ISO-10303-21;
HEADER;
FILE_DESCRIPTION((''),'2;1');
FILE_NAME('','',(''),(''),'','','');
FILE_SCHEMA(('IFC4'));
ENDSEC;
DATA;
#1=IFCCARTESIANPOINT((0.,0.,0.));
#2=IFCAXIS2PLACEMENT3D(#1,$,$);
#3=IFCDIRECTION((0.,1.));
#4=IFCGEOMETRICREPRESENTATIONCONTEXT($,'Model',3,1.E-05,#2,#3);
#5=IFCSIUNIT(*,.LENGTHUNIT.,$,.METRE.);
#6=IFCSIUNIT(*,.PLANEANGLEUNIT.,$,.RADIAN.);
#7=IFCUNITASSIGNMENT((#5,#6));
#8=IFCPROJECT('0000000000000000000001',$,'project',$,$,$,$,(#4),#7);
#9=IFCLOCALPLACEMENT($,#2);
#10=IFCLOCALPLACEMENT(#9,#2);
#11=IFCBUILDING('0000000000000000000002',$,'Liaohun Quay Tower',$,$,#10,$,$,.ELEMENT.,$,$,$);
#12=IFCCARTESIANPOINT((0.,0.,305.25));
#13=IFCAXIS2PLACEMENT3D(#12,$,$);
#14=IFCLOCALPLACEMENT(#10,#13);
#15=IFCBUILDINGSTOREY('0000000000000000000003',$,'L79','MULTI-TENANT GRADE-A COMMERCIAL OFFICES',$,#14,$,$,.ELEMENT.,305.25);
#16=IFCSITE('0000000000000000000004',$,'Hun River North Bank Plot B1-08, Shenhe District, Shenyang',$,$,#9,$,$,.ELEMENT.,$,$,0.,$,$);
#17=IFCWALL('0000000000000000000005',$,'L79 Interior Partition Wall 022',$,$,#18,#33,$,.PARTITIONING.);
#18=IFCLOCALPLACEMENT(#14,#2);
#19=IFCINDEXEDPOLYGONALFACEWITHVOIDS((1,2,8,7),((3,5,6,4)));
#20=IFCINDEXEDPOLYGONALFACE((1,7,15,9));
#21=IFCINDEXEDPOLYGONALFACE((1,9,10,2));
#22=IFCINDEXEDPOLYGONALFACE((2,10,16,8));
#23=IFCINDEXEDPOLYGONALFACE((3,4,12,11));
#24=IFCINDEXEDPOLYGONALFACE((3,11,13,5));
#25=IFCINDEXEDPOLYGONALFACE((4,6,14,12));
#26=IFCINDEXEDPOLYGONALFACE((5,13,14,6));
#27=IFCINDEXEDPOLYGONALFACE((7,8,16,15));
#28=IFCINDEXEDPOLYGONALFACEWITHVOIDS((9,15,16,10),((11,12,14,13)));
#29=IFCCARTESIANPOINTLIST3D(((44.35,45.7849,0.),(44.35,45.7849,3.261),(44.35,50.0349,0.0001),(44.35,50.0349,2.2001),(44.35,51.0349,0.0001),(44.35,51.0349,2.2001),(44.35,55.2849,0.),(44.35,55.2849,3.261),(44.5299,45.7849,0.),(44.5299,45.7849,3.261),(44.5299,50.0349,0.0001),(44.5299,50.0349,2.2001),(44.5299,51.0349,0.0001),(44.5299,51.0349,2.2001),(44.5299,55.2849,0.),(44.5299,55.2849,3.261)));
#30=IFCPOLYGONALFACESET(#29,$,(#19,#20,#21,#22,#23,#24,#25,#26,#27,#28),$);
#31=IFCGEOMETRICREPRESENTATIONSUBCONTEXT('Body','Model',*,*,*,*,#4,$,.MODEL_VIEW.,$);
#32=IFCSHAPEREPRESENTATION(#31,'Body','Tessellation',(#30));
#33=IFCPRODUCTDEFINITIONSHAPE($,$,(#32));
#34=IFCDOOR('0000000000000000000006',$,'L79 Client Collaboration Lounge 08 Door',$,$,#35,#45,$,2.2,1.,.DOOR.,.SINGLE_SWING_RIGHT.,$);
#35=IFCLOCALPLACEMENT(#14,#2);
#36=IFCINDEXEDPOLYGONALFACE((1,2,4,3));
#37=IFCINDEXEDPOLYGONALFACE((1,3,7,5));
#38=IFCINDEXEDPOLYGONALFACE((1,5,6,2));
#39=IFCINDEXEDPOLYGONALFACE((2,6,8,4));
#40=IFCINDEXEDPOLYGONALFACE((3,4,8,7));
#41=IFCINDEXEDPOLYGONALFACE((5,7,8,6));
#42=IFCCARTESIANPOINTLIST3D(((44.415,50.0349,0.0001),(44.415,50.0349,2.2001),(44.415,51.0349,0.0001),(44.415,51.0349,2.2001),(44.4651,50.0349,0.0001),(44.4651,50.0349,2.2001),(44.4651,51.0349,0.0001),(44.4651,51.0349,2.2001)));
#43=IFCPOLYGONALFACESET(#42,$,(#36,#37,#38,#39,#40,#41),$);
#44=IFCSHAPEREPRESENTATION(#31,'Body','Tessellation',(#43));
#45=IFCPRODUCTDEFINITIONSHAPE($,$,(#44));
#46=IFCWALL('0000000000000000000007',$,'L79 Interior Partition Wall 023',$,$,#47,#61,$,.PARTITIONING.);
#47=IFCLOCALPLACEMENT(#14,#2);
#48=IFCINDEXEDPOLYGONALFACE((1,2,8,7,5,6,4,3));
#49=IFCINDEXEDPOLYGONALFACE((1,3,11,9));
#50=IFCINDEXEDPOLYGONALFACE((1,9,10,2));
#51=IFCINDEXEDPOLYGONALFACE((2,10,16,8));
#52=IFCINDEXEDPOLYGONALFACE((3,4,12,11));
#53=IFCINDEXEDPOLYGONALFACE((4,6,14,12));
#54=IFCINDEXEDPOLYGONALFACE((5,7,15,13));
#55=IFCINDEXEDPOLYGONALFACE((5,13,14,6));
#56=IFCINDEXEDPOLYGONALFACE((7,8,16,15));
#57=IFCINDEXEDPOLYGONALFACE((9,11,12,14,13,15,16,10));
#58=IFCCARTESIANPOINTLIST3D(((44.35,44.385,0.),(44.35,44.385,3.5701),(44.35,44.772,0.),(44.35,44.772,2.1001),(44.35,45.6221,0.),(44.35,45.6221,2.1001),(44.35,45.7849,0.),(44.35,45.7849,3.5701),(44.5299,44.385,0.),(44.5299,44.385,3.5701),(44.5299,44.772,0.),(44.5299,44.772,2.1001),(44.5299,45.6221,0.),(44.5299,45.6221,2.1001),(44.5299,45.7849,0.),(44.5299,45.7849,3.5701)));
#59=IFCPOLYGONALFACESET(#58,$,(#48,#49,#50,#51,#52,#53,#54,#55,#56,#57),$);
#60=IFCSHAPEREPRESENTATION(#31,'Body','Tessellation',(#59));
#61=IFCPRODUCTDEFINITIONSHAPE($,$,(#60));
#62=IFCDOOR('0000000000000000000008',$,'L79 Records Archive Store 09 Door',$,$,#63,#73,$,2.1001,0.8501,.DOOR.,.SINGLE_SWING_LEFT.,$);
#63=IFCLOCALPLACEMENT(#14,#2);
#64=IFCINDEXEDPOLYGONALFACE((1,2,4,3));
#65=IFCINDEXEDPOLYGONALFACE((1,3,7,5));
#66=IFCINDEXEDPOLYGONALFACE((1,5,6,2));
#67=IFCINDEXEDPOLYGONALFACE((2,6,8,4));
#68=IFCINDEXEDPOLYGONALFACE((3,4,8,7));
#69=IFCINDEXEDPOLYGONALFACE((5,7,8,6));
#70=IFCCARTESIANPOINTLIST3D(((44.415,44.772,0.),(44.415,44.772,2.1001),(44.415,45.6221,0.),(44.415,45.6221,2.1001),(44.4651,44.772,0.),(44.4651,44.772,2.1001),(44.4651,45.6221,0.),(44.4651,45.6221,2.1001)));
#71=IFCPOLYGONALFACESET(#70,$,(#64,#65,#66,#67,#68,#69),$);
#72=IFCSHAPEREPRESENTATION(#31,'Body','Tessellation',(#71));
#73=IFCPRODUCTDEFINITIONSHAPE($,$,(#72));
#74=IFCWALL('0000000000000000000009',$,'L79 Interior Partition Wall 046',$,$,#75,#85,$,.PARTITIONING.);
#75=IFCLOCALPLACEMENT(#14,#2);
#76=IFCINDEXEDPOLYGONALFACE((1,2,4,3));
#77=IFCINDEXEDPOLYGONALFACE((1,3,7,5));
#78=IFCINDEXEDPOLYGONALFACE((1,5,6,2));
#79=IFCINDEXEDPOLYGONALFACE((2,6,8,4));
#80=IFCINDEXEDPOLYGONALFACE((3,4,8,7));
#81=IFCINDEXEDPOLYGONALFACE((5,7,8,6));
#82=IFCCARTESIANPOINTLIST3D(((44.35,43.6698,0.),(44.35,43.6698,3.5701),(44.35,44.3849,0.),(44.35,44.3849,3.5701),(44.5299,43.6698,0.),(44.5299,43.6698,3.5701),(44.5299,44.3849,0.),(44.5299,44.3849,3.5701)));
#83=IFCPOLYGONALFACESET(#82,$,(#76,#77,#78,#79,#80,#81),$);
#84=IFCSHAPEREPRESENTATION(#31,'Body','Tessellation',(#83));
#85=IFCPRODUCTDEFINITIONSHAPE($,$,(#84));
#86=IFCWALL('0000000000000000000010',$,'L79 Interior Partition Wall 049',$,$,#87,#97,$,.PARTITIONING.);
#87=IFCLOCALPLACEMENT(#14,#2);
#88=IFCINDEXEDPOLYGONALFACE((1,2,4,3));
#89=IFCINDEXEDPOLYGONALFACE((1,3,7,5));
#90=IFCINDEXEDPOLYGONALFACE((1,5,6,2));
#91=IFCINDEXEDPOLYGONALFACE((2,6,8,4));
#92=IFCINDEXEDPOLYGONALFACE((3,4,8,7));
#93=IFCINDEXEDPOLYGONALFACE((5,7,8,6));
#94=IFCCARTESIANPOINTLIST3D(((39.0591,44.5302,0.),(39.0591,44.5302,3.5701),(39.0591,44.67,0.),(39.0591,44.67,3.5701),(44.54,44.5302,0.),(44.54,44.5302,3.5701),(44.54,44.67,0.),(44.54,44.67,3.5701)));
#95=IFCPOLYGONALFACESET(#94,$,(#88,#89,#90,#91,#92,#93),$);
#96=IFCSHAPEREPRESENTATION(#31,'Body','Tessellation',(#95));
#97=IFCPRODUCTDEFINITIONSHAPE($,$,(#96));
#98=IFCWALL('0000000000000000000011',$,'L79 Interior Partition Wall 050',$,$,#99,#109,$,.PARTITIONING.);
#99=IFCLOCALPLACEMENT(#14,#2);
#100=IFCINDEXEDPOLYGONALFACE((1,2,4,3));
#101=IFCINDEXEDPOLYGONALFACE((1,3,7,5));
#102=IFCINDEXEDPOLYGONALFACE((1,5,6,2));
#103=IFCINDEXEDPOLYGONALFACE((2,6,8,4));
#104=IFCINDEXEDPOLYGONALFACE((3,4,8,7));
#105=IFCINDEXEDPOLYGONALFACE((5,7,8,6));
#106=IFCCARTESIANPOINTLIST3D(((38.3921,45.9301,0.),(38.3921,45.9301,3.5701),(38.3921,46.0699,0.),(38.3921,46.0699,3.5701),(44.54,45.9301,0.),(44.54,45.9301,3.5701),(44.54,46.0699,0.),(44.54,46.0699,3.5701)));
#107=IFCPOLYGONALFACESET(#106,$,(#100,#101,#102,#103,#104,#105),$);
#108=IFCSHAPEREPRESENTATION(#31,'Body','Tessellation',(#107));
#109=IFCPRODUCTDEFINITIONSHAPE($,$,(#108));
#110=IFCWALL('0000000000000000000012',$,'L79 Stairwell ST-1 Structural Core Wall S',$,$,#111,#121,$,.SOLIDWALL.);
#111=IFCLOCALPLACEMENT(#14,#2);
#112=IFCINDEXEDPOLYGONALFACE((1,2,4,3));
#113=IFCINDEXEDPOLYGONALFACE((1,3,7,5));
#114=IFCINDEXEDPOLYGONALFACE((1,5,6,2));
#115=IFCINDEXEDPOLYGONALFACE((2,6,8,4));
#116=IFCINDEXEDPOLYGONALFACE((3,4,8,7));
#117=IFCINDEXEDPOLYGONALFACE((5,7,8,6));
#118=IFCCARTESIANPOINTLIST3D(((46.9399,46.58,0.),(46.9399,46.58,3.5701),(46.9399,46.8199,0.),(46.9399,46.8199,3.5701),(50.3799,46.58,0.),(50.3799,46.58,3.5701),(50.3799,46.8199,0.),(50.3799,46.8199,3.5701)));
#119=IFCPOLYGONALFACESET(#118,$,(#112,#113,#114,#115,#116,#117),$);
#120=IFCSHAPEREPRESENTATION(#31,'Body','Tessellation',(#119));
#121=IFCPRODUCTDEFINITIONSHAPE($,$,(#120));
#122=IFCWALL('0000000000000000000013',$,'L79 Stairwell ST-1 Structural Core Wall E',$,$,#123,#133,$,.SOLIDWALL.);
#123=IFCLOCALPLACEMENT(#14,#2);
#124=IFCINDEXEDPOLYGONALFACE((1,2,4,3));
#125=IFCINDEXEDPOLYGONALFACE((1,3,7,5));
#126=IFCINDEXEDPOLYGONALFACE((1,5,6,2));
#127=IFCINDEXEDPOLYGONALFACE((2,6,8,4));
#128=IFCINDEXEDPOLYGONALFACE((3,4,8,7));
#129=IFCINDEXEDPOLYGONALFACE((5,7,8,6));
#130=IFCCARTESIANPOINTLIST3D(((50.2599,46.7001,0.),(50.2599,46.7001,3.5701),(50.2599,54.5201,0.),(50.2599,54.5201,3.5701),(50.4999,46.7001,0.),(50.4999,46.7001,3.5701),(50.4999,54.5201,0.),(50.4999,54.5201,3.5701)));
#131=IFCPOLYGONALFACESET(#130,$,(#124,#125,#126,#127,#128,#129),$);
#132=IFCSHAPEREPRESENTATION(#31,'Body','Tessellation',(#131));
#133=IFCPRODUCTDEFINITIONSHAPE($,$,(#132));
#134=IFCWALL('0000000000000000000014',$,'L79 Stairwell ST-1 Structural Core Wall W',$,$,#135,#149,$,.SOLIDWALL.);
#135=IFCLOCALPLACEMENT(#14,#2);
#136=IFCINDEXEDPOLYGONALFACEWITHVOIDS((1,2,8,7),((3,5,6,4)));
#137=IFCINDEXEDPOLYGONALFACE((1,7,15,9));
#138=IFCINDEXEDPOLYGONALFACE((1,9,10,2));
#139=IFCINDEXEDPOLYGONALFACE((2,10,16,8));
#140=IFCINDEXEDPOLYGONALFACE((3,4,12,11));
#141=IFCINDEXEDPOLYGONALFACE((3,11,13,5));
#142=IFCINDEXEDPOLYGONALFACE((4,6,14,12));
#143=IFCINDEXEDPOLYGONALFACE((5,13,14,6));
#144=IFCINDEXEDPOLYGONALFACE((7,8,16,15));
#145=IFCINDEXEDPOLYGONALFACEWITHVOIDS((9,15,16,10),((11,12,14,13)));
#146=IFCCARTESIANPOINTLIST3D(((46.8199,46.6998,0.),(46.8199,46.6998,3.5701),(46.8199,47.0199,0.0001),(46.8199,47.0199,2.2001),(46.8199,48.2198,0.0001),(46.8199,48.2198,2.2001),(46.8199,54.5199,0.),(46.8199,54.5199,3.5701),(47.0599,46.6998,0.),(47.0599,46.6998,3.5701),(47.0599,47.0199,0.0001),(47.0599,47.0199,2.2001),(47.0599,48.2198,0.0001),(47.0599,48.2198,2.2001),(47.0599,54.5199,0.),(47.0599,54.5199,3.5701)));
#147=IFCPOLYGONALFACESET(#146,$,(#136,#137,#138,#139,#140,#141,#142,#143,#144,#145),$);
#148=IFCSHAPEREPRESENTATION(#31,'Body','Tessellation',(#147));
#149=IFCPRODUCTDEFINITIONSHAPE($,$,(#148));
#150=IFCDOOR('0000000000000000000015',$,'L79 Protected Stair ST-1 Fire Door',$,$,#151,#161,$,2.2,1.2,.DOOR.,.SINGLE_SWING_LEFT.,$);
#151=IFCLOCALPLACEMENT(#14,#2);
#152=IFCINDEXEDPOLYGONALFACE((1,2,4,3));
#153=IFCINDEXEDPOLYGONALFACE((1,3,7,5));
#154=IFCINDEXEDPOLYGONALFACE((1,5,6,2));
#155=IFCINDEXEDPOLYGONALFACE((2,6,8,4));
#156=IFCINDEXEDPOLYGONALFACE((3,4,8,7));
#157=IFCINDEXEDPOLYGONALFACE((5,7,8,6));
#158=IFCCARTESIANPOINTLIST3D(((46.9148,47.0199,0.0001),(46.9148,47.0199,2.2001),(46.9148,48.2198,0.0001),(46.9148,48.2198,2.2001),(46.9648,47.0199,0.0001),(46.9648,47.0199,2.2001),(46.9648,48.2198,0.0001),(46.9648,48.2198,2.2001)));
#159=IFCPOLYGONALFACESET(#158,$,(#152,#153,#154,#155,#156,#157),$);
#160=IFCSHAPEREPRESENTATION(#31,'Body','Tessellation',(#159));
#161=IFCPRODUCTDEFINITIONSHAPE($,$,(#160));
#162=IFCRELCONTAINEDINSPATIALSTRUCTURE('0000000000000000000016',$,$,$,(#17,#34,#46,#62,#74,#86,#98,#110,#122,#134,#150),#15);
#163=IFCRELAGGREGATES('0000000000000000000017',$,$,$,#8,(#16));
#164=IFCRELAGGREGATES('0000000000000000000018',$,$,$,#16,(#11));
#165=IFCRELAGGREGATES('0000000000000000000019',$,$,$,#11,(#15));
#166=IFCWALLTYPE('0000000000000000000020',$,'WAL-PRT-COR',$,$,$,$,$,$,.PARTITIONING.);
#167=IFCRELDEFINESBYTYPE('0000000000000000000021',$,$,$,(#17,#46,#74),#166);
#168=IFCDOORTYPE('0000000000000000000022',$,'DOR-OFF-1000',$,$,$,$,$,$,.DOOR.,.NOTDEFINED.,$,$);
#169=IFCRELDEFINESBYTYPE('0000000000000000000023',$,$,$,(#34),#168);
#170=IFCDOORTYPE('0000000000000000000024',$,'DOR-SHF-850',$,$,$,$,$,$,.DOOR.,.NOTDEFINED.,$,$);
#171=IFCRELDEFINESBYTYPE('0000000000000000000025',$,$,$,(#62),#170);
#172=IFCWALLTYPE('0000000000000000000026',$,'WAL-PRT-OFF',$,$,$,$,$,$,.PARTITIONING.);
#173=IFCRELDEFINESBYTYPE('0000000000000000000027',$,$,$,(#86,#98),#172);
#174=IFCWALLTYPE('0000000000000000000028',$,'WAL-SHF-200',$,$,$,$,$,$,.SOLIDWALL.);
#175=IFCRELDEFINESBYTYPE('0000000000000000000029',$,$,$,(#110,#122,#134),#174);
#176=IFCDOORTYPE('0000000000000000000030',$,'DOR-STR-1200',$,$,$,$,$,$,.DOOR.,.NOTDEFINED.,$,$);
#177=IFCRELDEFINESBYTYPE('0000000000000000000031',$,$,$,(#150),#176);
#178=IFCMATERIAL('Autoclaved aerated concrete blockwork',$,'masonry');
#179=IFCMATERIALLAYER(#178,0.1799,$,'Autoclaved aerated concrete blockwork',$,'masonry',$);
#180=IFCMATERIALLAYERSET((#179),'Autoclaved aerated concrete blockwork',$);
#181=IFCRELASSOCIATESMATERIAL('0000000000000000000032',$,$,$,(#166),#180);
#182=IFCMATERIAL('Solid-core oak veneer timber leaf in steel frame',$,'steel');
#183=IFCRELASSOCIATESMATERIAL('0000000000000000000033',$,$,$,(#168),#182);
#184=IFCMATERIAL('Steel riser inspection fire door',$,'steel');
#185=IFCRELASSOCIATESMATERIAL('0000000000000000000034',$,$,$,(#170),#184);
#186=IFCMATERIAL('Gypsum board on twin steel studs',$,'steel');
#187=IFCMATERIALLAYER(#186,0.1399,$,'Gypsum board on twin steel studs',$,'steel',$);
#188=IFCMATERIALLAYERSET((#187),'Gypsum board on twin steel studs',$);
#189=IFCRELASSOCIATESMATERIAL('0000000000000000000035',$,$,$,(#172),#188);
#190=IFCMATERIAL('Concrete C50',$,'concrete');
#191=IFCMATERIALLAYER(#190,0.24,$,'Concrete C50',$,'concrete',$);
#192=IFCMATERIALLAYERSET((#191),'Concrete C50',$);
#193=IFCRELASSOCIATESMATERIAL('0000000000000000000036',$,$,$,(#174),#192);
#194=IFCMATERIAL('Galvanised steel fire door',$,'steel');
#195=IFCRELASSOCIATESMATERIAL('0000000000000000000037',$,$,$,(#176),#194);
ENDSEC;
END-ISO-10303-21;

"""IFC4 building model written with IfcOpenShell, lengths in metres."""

from ifc_helpers import new_model, si_unit, direction, frame, frame_2d, origin, place, context, subcontext, project, spatial, rectangle, extrude, source, transform, mapped, material, layer, layer_set, type_object, element, fill, save


model = new_model("IFC4")

# Units and contexts
model_context = context("Model", 3, precision=1e-05, world=origin(), true_north=direction((0.0, 1.0)))
body_context = subcontext(model_context, "Body", "Model", "MODEL_VIEW")
ifc_project = project(units=[si_unit("LENGTHUNIT", "METRE"), si_unit("PLANEANGLEUNIT", "RADIAN")], contexts=[model_context])

# Site, building, storey
site_placement = place(None, origin())
site = spatial("IfcSite", under=ifc_project, at=site_placement, Name="Hun River North Bank Plot B1-08, Shenhe District, Shenyang", CompositionType="ELEMENT", RefElevation=0.0)
building_placement = place(site_placement, origin())
building = spatial("IfcBuilding", under=site, at=building_placement, Name="Liaohun Quay Tower", CompositionType="ELEMENT")
storey_placement = place(building_placement, frame((0.0, 0.0, 305.25)))
storey = spatial("IfcBuildingStorey", under=building, at=storey_placement, Name="L79", Description="MULTI-TENANT GRADE-A COMMERCIAL OFFICES", CompositionType="ELEMENT", Elevation=305.25)

# Shared definitions
ifc_material_1 = material(Name="Concrete C50", Category="concrete")

# Walls, openings, doors
ifc_material_2 = material(Name="Autoclaved aerated concrete blockwork", Category="masonry")
ifc_layer_1 = layer(ifc_material_2, 0.1799, Name="Autoclaved aerated concrete blockwork", Category="masonry")
ifc_layer_set_1 = layer_set([ifc_layer_1], Name="Autoclaved aerated concrete blockwork")
wall_type_1 = type_object("IfcWallType", Name="WAL-PRT-COR", PredefinedType="PARTITIONING", material=ifc_layer_set_1)
wall_1_placement = place(storey_placement, frame((44.4399, 45.7849, 0.0), z_axis=(0.0, 0.0, 1.0), x_axis=(0.0, 1.0, 0.0)))
wall_1 = element("IfcWall", 1, at=wall_1_placement, inside=storey, type_object=wall_type_1, Name="L79 Interior Partition Wall 022", PredefinedType="PARTITIONING", context=body_context, shape_type="SweptSolid", body=[
    extrude(rectangle(XDim=9.5, YDim=0.1799, at=frame_2d((4.75, 0.0))), origin(), (0.0, 0.0, 1.0), 3.261),
])
shared_shape_1 = source(origin(), body_context, "Body", "SweptSolid", [
    extrude(rectangle(XDim=1.0, YDim=2.2, at=frame_2d((0.5, 1.1001))), frame((0.0, 0.0999, 0.0), z_axis=(0.0, -1.0, 0.0), x_axis=(1.0, 0.0, 0.0)), (0.0, 0.0, 1.0), 0.2),
])
opening_1_placement = place(wall_1_placement, frame((4.25, 0.0, 0.0)))
opening_1 = element("IfcOpeningElement", 2, at=opening_1_placement, cuts=wall_1, PredefinedType="OPENING", context=body_context, shape_type="MappedRepresentation", body=[
    mapped(shared_shape_1, transform((0.0, 0.0, 0.0), x_axis=(1.0, 0.0, 0.0), y_axis=(0.0, 1.0, 0.0), z_axis=(0.0, 0.0, 1.0), scale=1.0)),
])
ifc_material_3 = material(Name="Solid-core oak veneer timber leaf in steel frame", Category="steel")
door_type_1 = type_object("IfcDoorType", Name="DOR-OFF-1000", OperationType="NOTDEFINED", PredefinedType="DOOR", material=ifc_material_3)
shared_shape_2 = source(origin(), body_context, "Body", "SweptSolid", [
    extrude(rectangle(XDim=1.0, YDim=2.2, at=frame_2d((0.5, 1.1001))), frame((0.0, 0.0249, 0.0), z_axis=(0.0, -1.0, 0.0), x_axis=(1.0, 0.0, 0.0)), (0.0, 0.0, 1.0), 0.05),
])
door_1_placement = place(opening_1_placement, origin())
door_1 = element("IfcDoor", 3, at=door_1_placement, inside=storey, type_object=door_type_1, Name="L79 Client Collaboration Lounge 08 Door", OperationType="SINGLE_SWING_RIGHT", OverallHeight=2.2, OverallWidth=1.0, PredefinedType="DOOR", context=body_context, shape_type="MappedRepresentation", body=[
    mapped(shared_shape_2, transform((0.0, 0.0, 0.0), x_axis=(1.0, 0.0, 0.0), y_axis=(0.0, 1.0, 0.0), z_axis=(0.0, 0.0, 1.0), scale=1.0)),
])
fill(opening_1, door_1)
wall_2_placement = place(storey_placement, frame((44.4399, 44.385, 0.0), z_axis=(0.0, 0.0, 1.0), x_axis=(0.0, 1.0, 0.0)))
wall_2 = element("IfcWall", 4, at=wall_2_placement, inside=storey, type_object=wall_type_1, Name="L79 Interior Partition Wall 023", PredefinedType="PARTITIONING", context=body_context, shape_type="SweptSolid", body=[
    extrude(rectangle(XDim=1.3999, YDim=0.1799, at=frame_2d((0.7, 0.0))), origin(), (0.0, 0.0, 1.0), 3.5701),
])
shared_shape_3 = source(origin(), body_context, "Body", "SweptSolid", [
    extrude(rectangle(XDim=0.8501, YDim=2.1001, at=frame_2d((0.425, 1.05))), frame((0.0, 0.0999, 0.0), z_axis=(0.0, -1.0, 0.0), x_axis=(1.0, 0.0, 0.0)), (0.0, 0.0, 1.0), 0.2),
])
opening_2_placement = place(wall_2_placement, frame((0.387, 0.0, 0.0)))
opening_2 = element("IfcOpeningElement", 5, at=opening_2_placement, cuts=wall_2, PredefinedType="OPENING", context=body_context, shape_type="MappedRepresentation", body=[
    mapped(shared_shape_3, transform((0.0, 0.0, 0.0), x_axis=(1.0, 0.0, 0.0), y_axis=(0.0, 1.0, 0.0), z_axis=(0.0, 0.0, 1.0), scale=1.0)),
])
ifc_material_4 = material(Name="Steel riser inspection fire door", Category="steel")
door_type_2 = type_object("IfcDoorType", Name="DOR-SHF-850", OperationType="NOTDEFINED", PredefinedType="DOOR", material=ifc_material_4)
shared_shape_4 = source(origin(), body_context, "Body", "SweptSolid", [
    extrude(rectangle(XDim=0.8501, YDim=2.1001, at=frame_2d((0.425, 1.05))), frame((0.0, 0.0249, 0.0), z_axis=(0.0, -1.0, 0.0), x_axis=(1.0, 0.0, 0.0)), (0.0, 0.0, 1.0), 0.05),
])
door_2_placement = place(opening_2_placement, origin())
door_2 = element("IfcDoor", 6, at=door_2_placement, inside=storey, type_object=door_type_2, Name="L79 Records Archive Store 09 Door", OperationType="SINGLE_SWING_LEFT", OverallHeight=2.1001, OverallWidth=0.8501, PredefinedType="DOOR", context=body_context, shape_type="MappedRepresentation", body=[
    mapped(shared_shape_4, transform((0.0, 0.0, 0.0), x_axis=(1.0, 0.0, 0.0), y_axis=(0.0, 1.0, 0.0), z_axis=(0.0, 0.0, 1.0), scale=1.0)),
])
fill(opening_2, door_2)

# Walls
wall_3_placement = place(storey_placement, frame((44.4399, 43.6699, 0.0), z_axis=(0.0, 0.0, 1.0), x_axis=(0.0, 1.0, 0.0)))
element("IfcWall", 7, at=wall_3_placement, inside=storey, type_object=wall_type_1, Name="L79 Interior Partition Wall 046", PredefinedType="PARTITIONING", context=body_context, shape_type="SweptSolid", body=[
    extrude(rectangle(XDim=0.7151, YDim=0.1799, at=frame_2d((0.3574, 0.0))), origin(), (0.0, 0.0, 1.0), 3.5701),
])
ifc_material_5 = material(Name="Gypsum board on twin steel studs", Category="steel")
ifc_layer_2 = layer(ifc_material_5, 0.1399, Name="Gypsum board on twin steel studs", Category="steel")
ifc_layer_set_2 = layer_set([ifc_layer_2], Name="Gypsum board on twin steel studs")
wall_type_2 = type_object("IfcWallType", Name="WAL-PRT-OFF", PredefinedType="PARTITIONING", material=ifc_layer_set_2)
wall_4_placement = place(storey_placement, frame((44.54, 44.6001, 0.0), z_axis=(0.0, 0.0, 1.0), x_axis=(-1.0, 0.0, 0.0)))
element("IfcWall", 8, at=wall_4_placement, inside=storey, type_object=wall_type_2, Name="L79 Interior Partition Wall 049", PredefinedType="PARTITIONING", context=body_context, shape_type="SweptSolid", body=[
    extrude(rectangle(XDim=5.481, YDim=0.1399, at=frame_2d((2.7405, 0.0))), origin(), (0.0, 0.0, 1.0), 3.5701),
])
wall_5_placement = place(storey_placement, frame((44.54, 46.0, 0.0), z_axis=(0.0, 0.0, 1.0), x_axis=(-1.0, 0.0, 0.0)))
element("IfcWall", 9, at=wall_5_placement, inside=storey, type_object=wall_type_2, Name="L79 Interior Partition Wall 050", PredefinedType="PARTITIONING", context=body_context, shape_type="SweptSolid", body=[
    extrude(rectangle(XDim=6.1479, YDim=0.1399, at=frame_2d((3.074, 0.0))), origin(), (0.0, 0.0, 1.0), 3.5701),
])
ifc_layer_3 = layer(ifc_material_1, 0.24, Name="Concrete C50", Category="concrete")
ifc_layer_set_3 = layer_set([ifc_layer_3], Name="Concrete C50")
wall_type_3 = type_object("IfcWallType", Name="WAL-SHF-200", PredefinedType="SOLIDWALL", material=ifc_layer_set_3)
wall_6_placement = place(storey_placement, frame((46.9399, 46.7, 0.0), z_axis=(0.0, 0.0, 1.0), x_axis=(1.0, 0.0, 0.0)))
element("IfcWall", 10, at=wall_6_placement, inside=storey, type_object=wall_type_3, Name="L79 Stairwell ST-1 Structural Core Wall S", PredefinedType="SOLIDWALL", context=body_context, shape_type="SweptSolid", body=[
    extrude(rectangle(XDim=3.4399, YDim=0.24, at=frame_2d((1.72, 0.0))), origin(), (0.0, 0.0, 1.0), 3.5701),
])
wall_7_placement = place(storey_placement, frame((50.3799, 46.7, 0.0), z_axis=(0.0, 0.0, 1.0), x_axis=(0.0, 1.0, 0.0)))
element("IfcWall", 11, at=wall_7_placement, inside=storey, type_object=wall_type_3, Name="L79 Stairwell ST-1 Structural Core Wall E", PredefinedType="SOLIDWALL", context=body_context, shape_type="SweptSolid", body=[
    extrude(rectangle(XDim=7.8201, YDim=0.24, at=frame_2d((3.9102, 0.0))), origin(), (0.0, 0.0, 1.0), 3.5701),
])

# Wall, opening, door
wall_8_placement = place(storey_placement, frame((46.9399, 54.52, 0.0), z_axis=(0.0, 0.0, 1.0), x_axis=(0.0, -1.0, 0.0)))
wall_8 = element("IfcWall", 12, at=wall_8_placement, inside=storey, type_object=wall_type_3, Name="L79 Stairwell ST-1 Structural Core Wall W", PredefinedType="SOLIDWALL", context=body_context, shape_type="SweptSolid", body=[
    extrude(rectangle(XDim=7.8201, YDim=0.24, at=frame_2d((3.9102, 0.0))), origin(), (0.0, 0.0, 1.0), 3.5701),
])
shared_shape_5 = source(origin(), body_context, "Body", "SweptSolid", [
    extrude(rectangle(XDim=1.2, YDim=2.2, at=frame_2d((0.6001, 1.1001))), frame((0.0, 0.1299, 0.0), z_axis=(0.0, -1.0, 0.0), x_axis=(1.0, 0.0, 0.0)), (0.0, 0.0, 1.0), 0.26),
])
opening_3_placement = place(wall_8_placement, frame((6.3, 0.0, 0.0)))
opening_3 = element("IfcOpeningElement", 13, at=opening_3_placement, cuts=wall_8, PredefinedType="OPENING", context=body_context, shape_type="MappedRepresentation", body=[
    mapped(shared_shape_5, transform((0.0, 0.0, 0.0), x_axis=(1.0, 0.0, 0.0), y_axis=(0.0, 1.0, 0.0), z_axis=(0.0, 0.0, 1.0), scale=1.0)),
])
ifc_material_6 = material(Name="Galvanised steel fire door", Category="steel")
door_type_3 = type_object("IfcDoorType", Name="DOR-STR-1200", OperationType="NOTDEFINED", PredefinedType="DOOR", material=ifc_material_6)
shared_shape_6 = source(origin(), body_context, "Body", "SweptSolid", [
    extrude(rectangle(XDim=1.2, YDim=2.2, at=frame_2d((0.6001, 1.1001))), frame((0.0, 0.0249, 0.0), z_axis=(0.0, -1.0, 0.0), x_axis=(1.0, 0.0, 0.0)), (0.0, 0.0, 1.0), 0.05),
])
door_3_placement = place(opening_3_placement, origin())
door_3 = element("IfcDoor", 14, at=door_3_placement, inside=storey, type_object=door_type_3, Name="L79 Protected Stair ST-1 Fire Door", OperationType="SINGLE_SWING_LEFT", OverallHeight=2.2, OverallWidth=1.2, PredefinedType="DOOR", context=body_context, shape_type="MappedRepresentation", body=[
    mapped(shared_shape_6, transform((0.0, 0.0, 0.0), x_axis=(1.0, 0.0, 0.0), y_axis=(0.0, 1.0, 0.0), z_axis=(0.0, 0.0, 1.0), scale=1.0)),
])
fill(opening_3, door_3)

save(model, "model.ifc")
